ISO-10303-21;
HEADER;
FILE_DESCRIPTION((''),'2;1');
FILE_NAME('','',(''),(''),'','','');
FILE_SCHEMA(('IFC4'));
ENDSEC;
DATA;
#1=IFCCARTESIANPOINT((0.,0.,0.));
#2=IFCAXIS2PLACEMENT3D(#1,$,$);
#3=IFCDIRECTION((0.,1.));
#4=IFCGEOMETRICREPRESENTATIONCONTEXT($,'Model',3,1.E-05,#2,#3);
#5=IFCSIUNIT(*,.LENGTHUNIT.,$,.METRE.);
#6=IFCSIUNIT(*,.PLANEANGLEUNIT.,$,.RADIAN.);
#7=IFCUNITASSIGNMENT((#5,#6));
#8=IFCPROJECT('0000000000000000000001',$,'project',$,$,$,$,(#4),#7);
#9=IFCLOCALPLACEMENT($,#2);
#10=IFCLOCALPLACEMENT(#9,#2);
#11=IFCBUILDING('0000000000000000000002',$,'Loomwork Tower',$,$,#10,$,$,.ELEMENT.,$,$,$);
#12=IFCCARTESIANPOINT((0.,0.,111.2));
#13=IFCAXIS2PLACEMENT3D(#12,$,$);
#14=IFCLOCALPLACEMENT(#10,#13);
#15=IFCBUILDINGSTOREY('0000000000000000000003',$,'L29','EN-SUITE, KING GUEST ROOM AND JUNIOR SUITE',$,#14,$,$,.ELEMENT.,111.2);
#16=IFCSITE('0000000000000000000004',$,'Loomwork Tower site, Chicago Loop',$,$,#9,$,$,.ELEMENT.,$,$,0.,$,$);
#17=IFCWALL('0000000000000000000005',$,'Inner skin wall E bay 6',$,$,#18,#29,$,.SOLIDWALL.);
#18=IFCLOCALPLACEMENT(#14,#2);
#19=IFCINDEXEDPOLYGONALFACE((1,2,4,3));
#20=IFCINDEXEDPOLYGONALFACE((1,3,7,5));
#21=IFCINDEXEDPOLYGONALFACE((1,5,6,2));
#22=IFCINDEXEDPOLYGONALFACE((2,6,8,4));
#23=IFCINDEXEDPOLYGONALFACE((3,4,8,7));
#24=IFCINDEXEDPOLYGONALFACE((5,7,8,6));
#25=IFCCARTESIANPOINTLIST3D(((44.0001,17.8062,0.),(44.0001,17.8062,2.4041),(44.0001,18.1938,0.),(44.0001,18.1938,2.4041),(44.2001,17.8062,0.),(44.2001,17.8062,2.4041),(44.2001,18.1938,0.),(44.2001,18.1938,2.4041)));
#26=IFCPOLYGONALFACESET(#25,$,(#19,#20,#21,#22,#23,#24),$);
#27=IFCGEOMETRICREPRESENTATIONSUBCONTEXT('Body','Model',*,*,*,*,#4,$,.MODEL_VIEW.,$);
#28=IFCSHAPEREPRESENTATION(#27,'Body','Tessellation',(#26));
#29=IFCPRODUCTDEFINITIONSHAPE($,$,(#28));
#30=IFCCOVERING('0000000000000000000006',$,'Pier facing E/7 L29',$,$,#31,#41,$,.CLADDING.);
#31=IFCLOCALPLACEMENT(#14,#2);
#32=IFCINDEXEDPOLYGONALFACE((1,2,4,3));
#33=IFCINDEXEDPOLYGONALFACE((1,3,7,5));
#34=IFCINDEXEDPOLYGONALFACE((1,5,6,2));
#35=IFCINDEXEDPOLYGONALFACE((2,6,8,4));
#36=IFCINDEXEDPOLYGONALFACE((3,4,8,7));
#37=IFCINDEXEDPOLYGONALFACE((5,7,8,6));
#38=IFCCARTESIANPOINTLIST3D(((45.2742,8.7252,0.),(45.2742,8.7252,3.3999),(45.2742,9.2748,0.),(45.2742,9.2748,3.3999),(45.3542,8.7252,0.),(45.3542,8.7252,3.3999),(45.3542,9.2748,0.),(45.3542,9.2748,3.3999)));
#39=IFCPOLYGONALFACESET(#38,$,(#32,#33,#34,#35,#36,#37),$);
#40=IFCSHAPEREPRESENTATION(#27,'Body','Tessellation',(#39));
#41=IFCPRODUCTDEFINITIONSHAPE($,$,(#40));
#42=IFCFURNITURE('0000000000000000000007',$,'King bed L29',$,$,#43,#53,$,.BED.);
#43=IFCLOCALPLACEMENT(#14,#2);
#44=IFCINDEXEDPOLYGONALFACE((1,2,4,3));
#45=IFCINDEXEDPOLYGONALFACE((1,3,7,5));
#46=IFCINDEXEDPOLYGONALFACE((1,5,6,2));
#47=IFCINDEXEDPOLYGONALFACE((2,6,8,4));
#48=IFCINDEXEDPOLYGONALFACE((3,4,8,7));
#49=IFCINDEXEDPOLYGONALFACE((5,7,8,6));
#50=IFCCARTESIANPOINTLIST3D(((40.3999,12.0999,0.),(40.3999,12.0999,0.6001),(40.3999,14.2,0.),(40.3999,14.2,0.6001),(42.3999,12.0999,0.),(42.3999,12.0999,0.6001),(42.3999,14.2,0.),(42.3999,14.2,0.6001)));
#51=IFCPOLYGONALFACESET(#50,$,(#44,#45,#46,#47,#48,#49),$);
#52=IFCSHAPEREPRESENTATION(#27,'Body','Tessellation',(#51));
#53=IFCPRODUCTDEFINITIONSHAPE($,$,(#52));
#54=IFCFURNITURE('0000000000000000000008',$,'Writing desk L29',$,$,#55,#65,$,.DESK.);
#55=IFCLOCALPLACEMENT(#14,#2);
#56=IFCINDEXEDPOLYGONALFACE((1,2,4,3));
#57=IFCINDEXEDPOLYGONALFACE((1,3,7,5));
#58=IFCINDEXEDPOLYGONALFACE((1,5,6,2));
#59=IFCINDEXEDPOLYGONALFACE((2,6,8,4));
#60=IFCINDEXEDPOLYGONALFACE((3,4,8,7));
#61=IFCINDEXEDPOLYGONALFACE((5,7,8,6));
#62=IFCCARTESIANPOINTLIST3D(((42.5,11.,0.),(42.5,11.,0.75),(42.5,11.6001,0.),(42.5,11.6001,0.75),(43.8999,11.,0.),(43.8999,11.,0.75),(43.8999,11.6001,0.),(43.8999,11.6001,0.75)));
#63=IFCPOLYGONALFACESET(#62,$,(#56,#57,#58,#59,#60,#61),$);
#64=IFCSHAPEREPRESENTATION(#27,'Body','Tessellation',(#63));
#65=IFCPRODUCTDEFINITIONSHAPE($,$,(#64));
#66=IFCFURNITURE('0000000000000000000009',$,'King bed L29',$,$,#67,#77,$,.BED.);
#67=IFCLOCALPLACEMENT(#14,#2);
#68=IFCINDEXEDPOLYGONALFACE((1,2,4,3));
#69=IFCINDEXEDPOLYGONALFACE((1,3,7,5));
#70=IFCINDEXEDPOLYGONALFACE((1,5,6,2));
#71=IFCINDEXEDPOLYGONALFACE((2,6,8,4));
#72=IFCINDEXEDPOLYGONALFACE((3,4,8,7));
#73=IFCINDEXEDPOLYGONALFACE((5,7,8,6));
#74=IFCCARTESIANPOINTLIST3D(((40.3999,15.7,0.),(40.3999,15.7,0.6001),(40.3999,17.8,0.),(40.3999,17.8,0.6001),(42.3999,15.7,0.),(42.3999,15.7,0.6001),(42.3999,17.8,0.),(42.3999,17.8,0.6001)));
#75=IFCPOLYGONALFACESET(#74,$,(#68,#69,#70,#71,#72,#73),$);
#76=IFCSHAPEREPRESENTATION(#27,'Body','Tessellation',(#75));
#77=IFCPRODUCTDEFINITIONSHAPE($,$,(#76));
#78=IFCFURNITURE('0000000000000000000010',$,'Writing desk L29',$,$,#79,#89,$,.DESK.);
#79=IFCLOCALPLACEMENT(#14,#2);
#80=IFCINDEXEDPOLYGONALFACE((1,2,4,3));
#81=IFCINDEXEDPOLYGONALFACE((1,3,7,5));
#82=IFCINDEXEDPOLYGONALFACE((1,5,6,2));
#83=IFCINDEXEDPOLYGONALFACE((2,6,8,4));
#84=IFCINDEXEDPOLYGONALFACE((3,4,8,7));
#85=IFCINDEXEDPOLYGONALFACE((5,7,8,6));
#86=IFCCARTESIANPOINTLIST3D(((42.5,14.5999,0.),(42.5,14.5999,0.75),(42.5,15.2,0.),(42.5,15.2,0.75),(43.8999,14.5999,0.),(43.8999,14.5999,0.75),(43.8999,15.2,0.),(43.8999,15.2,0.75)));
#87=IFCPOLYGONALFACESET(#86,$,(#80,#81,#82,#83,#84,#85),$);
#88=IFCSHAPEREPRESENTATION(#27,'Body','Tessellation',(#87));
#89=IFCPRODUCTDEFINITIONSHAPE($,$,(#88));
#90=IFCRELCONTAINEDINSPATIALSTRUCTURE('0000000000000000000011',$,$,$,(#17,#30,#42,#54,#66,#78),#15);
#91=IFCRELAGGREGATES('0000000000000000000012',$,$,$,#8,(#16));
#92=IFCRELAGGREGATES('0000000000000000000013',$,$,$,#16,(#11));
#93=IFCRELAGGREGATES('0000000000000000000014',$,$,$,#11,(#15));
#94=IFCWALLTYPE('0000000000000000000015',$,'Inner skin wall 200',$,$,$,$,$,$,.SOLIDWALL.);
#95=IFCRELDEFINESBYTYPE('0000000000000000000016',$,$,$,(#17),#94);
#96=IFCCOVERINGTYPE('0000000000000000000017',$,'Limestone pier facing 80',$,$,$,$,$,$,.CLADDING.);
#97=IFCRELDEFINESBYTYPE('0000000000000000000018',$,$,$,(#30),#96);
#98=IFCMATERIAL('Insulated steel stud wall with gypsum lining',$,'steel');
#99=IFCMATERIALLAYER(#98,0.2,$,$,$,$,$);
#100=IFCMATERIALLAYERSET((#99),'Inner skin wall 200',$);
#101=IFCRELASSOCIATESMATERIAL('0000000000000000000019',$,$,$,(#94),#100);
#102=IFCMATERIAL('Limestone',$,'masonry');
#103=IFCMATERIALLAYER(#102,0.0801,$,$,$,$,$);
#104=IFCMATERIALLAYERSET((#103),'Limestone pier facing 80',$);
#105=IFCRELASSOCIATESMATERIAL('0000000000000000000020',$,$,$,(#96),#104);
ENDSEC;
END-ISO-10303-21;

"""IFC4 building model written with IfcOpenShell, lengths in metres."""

from ifc_helpers import new_model, si_unit, direction, frame, frame_2d, origin, origin_2d, place, context, subcontext, project, spatial, rectangle, extrude, material, layer, layer_set, type_object, element, save


model = new_model("IFC4")

# Units and contexts
model_context = context("Model", 3, precision=1e-05, world=origin(), true_north=direction((0.0, 1.0)))
body_context = subcontext(model_context, "Body", "Model", "MODEL_VIEW")
ifc_project = project(units=[si_unit("LENGTHUNIT", "METRE"), si_unit("PLANEANGLEUNIT", "RADIAN")], contexts=[model_context])

# Site, building, storey
site_placement = place(None, origin())
site = spatial("IfcSite", under=ifc_project, at=site_placement, Name="Loomwork Tower site, Chicago Loop", CompositionType="ELEMENT", RefElevation=0.0)
building_placement = place(site_placement, origin())
building = spatial("IfcBuilding", under=site, at=building_placement, Name="Loomwork Tower", CompositionType="ELEMENT")
storey_placement = place(building_placement, frame((0.0, 0.0, 111.2)))
storey = spatial("IfcBuildingStorey", under=building, at=storey_placement, Name="L29", Description="EN-SUITE, KING GUEST ROOM AND JUNIOR SUITE", CompositionType="ELEMENT", Elevation=111.2)

# Shared definitions
ifc_material_1 = material(Name="Insulated steel stud wall with gypsum lining", Category="steel")
ifc_layer_1 = layer(ifc_material_1, 0.2)
ifc_layer_set_1 = layer_set([ifc_layer_1], Name="Inner skin wall 200")
wall_type = type_object("IfcWallType", Name="Inner skin wall 200", PredefinedType="SOLIDWALL", material=ifc_layer_set_1)

# Wall
wall_1_placement = place(storey_placement, frame((44.1001, 17.8062, 0.0), z_axis=(0.0, 0.0, 1.0), x_axis=(0.0, 1.0, 0.0)))
element("IfcWall", 1, at=wall_1_placement, inside=storey, type_object=wall_type, Name="Inner skin wall E bay 6", PredefinedType="SOLIDWALL", context=body_context, shape_type="SweptSolid", body=[
    extrude(rectangle(XDim=0.3877, YDim=0.2, at=frame_2d((0.1938, 0.0))), origin(), (0.0, 0.0, 1.0), 2.4041),
])

# Covering
ifc_material_2 = material(Name="Limestone", Category="masonry")
ifc_layer_2 = layer(ifc_material_2, 0.0801)
ifc_layer_set_2 = layer_set([ifc_layer_2], Name="Limestone pier facing 80")
covering_type = type_object("IfcCoveringType", Name="Limestone pier facing 80", PredefinedType="CLADDING", material=ifc_layer_set_2)
covering_placement = place(storey_placement, frame((45.3142, 9.0, 0.0), z_axis=(0.0, 0.0, 1.0), x_axis=(1.0, 0.0, 0.0)))
element("IfcCovering", 2, at=covering_placement, inside=storey, type_object=covering_type, Name="Pier facing E/7 L29", PredefinedType="CLADDING", context=body_context, shape_type="SweptSolid", body=[
    extrude(rectangle(XDim=0.0801, YDim=0.5496, at=origin_2d()), origin(), (0.0, 0.0, 1.0), 3.3999),
])

# Furniture
furniture_1_placement = place(storey_placement, frame((41.3999, 13.1499, 0.0), z_axis=(0.0, 0.0, 1.0), x_axis=(1.0, 0.0, 0.0)))
element("IfcFurniture", 3, at=furniture_1_placement, inside=storey, Name="King bed L29", PredefinedType="BED", context=body_context, shape_type="SweptSolid", body=[
    extrude(rectangle(XDim=2.0, YDim=2.1001, at=origin_2d()), origin(), (0.0, 0.0, 1.0), 0.6001),
])
furniture_2_placement = place(storey_placement, frame((43.2, 11.3, 0.0), z_axis=(0.0, 0.0, 1.0), x_axis=(1.0, 0.0, 0.0)))
element("IfcFurniture", 4, at=furniture_2_placement, inside=storey, Name="Writing desk L29", PredefinedType="DESK", context=body_context, shape_type="SweptSolid", body=[
    extrude(rectangle(XDim=1.3999, YDim=0.6001, at=origin_2d()), origin(), (0.0, 0.0, 1.0), 0.75),
])
furniture_3_placement = place(storey_placement, frame((41.3999, 16.75, 0.0), z_axis=(0.0, 0.0, 1.0), x_axis=(1.0, 0.0, 0.0)))
element("IfcFurniture", 5, at=furniture_3_placement, inside=storey, Name="King bed L29", PredefinedType="BED", context=body_context, shape_type="SweptSolid", body=[
    extrude(rectangle(XDim=2.0, YDim=2.1001, at=origin_2d()), origin(), (0.0, 0.0, 1.0), 0.6001),
])
furniture_4_placement = place(storey_placement, frame((43.2, 14.8999, 0.0), z_axis=(0.0, 0.0, 1.0), x_axis=(1.0, 0.0, 0.0)))
element("IfcFurniture", 6, at=furniture_4_placement, inside=storey, Name="Writing desk L29", PredefinedType="DESK", context=body_context, shape_type="SweptSolid", body=[
    extrude(rectangle(XDim=1.3999, YDim=0.6001, at=origin_2d()), origin(), (0.0, 0.0, 1.0), 0.75),
])

save(model, "model.ifc")
